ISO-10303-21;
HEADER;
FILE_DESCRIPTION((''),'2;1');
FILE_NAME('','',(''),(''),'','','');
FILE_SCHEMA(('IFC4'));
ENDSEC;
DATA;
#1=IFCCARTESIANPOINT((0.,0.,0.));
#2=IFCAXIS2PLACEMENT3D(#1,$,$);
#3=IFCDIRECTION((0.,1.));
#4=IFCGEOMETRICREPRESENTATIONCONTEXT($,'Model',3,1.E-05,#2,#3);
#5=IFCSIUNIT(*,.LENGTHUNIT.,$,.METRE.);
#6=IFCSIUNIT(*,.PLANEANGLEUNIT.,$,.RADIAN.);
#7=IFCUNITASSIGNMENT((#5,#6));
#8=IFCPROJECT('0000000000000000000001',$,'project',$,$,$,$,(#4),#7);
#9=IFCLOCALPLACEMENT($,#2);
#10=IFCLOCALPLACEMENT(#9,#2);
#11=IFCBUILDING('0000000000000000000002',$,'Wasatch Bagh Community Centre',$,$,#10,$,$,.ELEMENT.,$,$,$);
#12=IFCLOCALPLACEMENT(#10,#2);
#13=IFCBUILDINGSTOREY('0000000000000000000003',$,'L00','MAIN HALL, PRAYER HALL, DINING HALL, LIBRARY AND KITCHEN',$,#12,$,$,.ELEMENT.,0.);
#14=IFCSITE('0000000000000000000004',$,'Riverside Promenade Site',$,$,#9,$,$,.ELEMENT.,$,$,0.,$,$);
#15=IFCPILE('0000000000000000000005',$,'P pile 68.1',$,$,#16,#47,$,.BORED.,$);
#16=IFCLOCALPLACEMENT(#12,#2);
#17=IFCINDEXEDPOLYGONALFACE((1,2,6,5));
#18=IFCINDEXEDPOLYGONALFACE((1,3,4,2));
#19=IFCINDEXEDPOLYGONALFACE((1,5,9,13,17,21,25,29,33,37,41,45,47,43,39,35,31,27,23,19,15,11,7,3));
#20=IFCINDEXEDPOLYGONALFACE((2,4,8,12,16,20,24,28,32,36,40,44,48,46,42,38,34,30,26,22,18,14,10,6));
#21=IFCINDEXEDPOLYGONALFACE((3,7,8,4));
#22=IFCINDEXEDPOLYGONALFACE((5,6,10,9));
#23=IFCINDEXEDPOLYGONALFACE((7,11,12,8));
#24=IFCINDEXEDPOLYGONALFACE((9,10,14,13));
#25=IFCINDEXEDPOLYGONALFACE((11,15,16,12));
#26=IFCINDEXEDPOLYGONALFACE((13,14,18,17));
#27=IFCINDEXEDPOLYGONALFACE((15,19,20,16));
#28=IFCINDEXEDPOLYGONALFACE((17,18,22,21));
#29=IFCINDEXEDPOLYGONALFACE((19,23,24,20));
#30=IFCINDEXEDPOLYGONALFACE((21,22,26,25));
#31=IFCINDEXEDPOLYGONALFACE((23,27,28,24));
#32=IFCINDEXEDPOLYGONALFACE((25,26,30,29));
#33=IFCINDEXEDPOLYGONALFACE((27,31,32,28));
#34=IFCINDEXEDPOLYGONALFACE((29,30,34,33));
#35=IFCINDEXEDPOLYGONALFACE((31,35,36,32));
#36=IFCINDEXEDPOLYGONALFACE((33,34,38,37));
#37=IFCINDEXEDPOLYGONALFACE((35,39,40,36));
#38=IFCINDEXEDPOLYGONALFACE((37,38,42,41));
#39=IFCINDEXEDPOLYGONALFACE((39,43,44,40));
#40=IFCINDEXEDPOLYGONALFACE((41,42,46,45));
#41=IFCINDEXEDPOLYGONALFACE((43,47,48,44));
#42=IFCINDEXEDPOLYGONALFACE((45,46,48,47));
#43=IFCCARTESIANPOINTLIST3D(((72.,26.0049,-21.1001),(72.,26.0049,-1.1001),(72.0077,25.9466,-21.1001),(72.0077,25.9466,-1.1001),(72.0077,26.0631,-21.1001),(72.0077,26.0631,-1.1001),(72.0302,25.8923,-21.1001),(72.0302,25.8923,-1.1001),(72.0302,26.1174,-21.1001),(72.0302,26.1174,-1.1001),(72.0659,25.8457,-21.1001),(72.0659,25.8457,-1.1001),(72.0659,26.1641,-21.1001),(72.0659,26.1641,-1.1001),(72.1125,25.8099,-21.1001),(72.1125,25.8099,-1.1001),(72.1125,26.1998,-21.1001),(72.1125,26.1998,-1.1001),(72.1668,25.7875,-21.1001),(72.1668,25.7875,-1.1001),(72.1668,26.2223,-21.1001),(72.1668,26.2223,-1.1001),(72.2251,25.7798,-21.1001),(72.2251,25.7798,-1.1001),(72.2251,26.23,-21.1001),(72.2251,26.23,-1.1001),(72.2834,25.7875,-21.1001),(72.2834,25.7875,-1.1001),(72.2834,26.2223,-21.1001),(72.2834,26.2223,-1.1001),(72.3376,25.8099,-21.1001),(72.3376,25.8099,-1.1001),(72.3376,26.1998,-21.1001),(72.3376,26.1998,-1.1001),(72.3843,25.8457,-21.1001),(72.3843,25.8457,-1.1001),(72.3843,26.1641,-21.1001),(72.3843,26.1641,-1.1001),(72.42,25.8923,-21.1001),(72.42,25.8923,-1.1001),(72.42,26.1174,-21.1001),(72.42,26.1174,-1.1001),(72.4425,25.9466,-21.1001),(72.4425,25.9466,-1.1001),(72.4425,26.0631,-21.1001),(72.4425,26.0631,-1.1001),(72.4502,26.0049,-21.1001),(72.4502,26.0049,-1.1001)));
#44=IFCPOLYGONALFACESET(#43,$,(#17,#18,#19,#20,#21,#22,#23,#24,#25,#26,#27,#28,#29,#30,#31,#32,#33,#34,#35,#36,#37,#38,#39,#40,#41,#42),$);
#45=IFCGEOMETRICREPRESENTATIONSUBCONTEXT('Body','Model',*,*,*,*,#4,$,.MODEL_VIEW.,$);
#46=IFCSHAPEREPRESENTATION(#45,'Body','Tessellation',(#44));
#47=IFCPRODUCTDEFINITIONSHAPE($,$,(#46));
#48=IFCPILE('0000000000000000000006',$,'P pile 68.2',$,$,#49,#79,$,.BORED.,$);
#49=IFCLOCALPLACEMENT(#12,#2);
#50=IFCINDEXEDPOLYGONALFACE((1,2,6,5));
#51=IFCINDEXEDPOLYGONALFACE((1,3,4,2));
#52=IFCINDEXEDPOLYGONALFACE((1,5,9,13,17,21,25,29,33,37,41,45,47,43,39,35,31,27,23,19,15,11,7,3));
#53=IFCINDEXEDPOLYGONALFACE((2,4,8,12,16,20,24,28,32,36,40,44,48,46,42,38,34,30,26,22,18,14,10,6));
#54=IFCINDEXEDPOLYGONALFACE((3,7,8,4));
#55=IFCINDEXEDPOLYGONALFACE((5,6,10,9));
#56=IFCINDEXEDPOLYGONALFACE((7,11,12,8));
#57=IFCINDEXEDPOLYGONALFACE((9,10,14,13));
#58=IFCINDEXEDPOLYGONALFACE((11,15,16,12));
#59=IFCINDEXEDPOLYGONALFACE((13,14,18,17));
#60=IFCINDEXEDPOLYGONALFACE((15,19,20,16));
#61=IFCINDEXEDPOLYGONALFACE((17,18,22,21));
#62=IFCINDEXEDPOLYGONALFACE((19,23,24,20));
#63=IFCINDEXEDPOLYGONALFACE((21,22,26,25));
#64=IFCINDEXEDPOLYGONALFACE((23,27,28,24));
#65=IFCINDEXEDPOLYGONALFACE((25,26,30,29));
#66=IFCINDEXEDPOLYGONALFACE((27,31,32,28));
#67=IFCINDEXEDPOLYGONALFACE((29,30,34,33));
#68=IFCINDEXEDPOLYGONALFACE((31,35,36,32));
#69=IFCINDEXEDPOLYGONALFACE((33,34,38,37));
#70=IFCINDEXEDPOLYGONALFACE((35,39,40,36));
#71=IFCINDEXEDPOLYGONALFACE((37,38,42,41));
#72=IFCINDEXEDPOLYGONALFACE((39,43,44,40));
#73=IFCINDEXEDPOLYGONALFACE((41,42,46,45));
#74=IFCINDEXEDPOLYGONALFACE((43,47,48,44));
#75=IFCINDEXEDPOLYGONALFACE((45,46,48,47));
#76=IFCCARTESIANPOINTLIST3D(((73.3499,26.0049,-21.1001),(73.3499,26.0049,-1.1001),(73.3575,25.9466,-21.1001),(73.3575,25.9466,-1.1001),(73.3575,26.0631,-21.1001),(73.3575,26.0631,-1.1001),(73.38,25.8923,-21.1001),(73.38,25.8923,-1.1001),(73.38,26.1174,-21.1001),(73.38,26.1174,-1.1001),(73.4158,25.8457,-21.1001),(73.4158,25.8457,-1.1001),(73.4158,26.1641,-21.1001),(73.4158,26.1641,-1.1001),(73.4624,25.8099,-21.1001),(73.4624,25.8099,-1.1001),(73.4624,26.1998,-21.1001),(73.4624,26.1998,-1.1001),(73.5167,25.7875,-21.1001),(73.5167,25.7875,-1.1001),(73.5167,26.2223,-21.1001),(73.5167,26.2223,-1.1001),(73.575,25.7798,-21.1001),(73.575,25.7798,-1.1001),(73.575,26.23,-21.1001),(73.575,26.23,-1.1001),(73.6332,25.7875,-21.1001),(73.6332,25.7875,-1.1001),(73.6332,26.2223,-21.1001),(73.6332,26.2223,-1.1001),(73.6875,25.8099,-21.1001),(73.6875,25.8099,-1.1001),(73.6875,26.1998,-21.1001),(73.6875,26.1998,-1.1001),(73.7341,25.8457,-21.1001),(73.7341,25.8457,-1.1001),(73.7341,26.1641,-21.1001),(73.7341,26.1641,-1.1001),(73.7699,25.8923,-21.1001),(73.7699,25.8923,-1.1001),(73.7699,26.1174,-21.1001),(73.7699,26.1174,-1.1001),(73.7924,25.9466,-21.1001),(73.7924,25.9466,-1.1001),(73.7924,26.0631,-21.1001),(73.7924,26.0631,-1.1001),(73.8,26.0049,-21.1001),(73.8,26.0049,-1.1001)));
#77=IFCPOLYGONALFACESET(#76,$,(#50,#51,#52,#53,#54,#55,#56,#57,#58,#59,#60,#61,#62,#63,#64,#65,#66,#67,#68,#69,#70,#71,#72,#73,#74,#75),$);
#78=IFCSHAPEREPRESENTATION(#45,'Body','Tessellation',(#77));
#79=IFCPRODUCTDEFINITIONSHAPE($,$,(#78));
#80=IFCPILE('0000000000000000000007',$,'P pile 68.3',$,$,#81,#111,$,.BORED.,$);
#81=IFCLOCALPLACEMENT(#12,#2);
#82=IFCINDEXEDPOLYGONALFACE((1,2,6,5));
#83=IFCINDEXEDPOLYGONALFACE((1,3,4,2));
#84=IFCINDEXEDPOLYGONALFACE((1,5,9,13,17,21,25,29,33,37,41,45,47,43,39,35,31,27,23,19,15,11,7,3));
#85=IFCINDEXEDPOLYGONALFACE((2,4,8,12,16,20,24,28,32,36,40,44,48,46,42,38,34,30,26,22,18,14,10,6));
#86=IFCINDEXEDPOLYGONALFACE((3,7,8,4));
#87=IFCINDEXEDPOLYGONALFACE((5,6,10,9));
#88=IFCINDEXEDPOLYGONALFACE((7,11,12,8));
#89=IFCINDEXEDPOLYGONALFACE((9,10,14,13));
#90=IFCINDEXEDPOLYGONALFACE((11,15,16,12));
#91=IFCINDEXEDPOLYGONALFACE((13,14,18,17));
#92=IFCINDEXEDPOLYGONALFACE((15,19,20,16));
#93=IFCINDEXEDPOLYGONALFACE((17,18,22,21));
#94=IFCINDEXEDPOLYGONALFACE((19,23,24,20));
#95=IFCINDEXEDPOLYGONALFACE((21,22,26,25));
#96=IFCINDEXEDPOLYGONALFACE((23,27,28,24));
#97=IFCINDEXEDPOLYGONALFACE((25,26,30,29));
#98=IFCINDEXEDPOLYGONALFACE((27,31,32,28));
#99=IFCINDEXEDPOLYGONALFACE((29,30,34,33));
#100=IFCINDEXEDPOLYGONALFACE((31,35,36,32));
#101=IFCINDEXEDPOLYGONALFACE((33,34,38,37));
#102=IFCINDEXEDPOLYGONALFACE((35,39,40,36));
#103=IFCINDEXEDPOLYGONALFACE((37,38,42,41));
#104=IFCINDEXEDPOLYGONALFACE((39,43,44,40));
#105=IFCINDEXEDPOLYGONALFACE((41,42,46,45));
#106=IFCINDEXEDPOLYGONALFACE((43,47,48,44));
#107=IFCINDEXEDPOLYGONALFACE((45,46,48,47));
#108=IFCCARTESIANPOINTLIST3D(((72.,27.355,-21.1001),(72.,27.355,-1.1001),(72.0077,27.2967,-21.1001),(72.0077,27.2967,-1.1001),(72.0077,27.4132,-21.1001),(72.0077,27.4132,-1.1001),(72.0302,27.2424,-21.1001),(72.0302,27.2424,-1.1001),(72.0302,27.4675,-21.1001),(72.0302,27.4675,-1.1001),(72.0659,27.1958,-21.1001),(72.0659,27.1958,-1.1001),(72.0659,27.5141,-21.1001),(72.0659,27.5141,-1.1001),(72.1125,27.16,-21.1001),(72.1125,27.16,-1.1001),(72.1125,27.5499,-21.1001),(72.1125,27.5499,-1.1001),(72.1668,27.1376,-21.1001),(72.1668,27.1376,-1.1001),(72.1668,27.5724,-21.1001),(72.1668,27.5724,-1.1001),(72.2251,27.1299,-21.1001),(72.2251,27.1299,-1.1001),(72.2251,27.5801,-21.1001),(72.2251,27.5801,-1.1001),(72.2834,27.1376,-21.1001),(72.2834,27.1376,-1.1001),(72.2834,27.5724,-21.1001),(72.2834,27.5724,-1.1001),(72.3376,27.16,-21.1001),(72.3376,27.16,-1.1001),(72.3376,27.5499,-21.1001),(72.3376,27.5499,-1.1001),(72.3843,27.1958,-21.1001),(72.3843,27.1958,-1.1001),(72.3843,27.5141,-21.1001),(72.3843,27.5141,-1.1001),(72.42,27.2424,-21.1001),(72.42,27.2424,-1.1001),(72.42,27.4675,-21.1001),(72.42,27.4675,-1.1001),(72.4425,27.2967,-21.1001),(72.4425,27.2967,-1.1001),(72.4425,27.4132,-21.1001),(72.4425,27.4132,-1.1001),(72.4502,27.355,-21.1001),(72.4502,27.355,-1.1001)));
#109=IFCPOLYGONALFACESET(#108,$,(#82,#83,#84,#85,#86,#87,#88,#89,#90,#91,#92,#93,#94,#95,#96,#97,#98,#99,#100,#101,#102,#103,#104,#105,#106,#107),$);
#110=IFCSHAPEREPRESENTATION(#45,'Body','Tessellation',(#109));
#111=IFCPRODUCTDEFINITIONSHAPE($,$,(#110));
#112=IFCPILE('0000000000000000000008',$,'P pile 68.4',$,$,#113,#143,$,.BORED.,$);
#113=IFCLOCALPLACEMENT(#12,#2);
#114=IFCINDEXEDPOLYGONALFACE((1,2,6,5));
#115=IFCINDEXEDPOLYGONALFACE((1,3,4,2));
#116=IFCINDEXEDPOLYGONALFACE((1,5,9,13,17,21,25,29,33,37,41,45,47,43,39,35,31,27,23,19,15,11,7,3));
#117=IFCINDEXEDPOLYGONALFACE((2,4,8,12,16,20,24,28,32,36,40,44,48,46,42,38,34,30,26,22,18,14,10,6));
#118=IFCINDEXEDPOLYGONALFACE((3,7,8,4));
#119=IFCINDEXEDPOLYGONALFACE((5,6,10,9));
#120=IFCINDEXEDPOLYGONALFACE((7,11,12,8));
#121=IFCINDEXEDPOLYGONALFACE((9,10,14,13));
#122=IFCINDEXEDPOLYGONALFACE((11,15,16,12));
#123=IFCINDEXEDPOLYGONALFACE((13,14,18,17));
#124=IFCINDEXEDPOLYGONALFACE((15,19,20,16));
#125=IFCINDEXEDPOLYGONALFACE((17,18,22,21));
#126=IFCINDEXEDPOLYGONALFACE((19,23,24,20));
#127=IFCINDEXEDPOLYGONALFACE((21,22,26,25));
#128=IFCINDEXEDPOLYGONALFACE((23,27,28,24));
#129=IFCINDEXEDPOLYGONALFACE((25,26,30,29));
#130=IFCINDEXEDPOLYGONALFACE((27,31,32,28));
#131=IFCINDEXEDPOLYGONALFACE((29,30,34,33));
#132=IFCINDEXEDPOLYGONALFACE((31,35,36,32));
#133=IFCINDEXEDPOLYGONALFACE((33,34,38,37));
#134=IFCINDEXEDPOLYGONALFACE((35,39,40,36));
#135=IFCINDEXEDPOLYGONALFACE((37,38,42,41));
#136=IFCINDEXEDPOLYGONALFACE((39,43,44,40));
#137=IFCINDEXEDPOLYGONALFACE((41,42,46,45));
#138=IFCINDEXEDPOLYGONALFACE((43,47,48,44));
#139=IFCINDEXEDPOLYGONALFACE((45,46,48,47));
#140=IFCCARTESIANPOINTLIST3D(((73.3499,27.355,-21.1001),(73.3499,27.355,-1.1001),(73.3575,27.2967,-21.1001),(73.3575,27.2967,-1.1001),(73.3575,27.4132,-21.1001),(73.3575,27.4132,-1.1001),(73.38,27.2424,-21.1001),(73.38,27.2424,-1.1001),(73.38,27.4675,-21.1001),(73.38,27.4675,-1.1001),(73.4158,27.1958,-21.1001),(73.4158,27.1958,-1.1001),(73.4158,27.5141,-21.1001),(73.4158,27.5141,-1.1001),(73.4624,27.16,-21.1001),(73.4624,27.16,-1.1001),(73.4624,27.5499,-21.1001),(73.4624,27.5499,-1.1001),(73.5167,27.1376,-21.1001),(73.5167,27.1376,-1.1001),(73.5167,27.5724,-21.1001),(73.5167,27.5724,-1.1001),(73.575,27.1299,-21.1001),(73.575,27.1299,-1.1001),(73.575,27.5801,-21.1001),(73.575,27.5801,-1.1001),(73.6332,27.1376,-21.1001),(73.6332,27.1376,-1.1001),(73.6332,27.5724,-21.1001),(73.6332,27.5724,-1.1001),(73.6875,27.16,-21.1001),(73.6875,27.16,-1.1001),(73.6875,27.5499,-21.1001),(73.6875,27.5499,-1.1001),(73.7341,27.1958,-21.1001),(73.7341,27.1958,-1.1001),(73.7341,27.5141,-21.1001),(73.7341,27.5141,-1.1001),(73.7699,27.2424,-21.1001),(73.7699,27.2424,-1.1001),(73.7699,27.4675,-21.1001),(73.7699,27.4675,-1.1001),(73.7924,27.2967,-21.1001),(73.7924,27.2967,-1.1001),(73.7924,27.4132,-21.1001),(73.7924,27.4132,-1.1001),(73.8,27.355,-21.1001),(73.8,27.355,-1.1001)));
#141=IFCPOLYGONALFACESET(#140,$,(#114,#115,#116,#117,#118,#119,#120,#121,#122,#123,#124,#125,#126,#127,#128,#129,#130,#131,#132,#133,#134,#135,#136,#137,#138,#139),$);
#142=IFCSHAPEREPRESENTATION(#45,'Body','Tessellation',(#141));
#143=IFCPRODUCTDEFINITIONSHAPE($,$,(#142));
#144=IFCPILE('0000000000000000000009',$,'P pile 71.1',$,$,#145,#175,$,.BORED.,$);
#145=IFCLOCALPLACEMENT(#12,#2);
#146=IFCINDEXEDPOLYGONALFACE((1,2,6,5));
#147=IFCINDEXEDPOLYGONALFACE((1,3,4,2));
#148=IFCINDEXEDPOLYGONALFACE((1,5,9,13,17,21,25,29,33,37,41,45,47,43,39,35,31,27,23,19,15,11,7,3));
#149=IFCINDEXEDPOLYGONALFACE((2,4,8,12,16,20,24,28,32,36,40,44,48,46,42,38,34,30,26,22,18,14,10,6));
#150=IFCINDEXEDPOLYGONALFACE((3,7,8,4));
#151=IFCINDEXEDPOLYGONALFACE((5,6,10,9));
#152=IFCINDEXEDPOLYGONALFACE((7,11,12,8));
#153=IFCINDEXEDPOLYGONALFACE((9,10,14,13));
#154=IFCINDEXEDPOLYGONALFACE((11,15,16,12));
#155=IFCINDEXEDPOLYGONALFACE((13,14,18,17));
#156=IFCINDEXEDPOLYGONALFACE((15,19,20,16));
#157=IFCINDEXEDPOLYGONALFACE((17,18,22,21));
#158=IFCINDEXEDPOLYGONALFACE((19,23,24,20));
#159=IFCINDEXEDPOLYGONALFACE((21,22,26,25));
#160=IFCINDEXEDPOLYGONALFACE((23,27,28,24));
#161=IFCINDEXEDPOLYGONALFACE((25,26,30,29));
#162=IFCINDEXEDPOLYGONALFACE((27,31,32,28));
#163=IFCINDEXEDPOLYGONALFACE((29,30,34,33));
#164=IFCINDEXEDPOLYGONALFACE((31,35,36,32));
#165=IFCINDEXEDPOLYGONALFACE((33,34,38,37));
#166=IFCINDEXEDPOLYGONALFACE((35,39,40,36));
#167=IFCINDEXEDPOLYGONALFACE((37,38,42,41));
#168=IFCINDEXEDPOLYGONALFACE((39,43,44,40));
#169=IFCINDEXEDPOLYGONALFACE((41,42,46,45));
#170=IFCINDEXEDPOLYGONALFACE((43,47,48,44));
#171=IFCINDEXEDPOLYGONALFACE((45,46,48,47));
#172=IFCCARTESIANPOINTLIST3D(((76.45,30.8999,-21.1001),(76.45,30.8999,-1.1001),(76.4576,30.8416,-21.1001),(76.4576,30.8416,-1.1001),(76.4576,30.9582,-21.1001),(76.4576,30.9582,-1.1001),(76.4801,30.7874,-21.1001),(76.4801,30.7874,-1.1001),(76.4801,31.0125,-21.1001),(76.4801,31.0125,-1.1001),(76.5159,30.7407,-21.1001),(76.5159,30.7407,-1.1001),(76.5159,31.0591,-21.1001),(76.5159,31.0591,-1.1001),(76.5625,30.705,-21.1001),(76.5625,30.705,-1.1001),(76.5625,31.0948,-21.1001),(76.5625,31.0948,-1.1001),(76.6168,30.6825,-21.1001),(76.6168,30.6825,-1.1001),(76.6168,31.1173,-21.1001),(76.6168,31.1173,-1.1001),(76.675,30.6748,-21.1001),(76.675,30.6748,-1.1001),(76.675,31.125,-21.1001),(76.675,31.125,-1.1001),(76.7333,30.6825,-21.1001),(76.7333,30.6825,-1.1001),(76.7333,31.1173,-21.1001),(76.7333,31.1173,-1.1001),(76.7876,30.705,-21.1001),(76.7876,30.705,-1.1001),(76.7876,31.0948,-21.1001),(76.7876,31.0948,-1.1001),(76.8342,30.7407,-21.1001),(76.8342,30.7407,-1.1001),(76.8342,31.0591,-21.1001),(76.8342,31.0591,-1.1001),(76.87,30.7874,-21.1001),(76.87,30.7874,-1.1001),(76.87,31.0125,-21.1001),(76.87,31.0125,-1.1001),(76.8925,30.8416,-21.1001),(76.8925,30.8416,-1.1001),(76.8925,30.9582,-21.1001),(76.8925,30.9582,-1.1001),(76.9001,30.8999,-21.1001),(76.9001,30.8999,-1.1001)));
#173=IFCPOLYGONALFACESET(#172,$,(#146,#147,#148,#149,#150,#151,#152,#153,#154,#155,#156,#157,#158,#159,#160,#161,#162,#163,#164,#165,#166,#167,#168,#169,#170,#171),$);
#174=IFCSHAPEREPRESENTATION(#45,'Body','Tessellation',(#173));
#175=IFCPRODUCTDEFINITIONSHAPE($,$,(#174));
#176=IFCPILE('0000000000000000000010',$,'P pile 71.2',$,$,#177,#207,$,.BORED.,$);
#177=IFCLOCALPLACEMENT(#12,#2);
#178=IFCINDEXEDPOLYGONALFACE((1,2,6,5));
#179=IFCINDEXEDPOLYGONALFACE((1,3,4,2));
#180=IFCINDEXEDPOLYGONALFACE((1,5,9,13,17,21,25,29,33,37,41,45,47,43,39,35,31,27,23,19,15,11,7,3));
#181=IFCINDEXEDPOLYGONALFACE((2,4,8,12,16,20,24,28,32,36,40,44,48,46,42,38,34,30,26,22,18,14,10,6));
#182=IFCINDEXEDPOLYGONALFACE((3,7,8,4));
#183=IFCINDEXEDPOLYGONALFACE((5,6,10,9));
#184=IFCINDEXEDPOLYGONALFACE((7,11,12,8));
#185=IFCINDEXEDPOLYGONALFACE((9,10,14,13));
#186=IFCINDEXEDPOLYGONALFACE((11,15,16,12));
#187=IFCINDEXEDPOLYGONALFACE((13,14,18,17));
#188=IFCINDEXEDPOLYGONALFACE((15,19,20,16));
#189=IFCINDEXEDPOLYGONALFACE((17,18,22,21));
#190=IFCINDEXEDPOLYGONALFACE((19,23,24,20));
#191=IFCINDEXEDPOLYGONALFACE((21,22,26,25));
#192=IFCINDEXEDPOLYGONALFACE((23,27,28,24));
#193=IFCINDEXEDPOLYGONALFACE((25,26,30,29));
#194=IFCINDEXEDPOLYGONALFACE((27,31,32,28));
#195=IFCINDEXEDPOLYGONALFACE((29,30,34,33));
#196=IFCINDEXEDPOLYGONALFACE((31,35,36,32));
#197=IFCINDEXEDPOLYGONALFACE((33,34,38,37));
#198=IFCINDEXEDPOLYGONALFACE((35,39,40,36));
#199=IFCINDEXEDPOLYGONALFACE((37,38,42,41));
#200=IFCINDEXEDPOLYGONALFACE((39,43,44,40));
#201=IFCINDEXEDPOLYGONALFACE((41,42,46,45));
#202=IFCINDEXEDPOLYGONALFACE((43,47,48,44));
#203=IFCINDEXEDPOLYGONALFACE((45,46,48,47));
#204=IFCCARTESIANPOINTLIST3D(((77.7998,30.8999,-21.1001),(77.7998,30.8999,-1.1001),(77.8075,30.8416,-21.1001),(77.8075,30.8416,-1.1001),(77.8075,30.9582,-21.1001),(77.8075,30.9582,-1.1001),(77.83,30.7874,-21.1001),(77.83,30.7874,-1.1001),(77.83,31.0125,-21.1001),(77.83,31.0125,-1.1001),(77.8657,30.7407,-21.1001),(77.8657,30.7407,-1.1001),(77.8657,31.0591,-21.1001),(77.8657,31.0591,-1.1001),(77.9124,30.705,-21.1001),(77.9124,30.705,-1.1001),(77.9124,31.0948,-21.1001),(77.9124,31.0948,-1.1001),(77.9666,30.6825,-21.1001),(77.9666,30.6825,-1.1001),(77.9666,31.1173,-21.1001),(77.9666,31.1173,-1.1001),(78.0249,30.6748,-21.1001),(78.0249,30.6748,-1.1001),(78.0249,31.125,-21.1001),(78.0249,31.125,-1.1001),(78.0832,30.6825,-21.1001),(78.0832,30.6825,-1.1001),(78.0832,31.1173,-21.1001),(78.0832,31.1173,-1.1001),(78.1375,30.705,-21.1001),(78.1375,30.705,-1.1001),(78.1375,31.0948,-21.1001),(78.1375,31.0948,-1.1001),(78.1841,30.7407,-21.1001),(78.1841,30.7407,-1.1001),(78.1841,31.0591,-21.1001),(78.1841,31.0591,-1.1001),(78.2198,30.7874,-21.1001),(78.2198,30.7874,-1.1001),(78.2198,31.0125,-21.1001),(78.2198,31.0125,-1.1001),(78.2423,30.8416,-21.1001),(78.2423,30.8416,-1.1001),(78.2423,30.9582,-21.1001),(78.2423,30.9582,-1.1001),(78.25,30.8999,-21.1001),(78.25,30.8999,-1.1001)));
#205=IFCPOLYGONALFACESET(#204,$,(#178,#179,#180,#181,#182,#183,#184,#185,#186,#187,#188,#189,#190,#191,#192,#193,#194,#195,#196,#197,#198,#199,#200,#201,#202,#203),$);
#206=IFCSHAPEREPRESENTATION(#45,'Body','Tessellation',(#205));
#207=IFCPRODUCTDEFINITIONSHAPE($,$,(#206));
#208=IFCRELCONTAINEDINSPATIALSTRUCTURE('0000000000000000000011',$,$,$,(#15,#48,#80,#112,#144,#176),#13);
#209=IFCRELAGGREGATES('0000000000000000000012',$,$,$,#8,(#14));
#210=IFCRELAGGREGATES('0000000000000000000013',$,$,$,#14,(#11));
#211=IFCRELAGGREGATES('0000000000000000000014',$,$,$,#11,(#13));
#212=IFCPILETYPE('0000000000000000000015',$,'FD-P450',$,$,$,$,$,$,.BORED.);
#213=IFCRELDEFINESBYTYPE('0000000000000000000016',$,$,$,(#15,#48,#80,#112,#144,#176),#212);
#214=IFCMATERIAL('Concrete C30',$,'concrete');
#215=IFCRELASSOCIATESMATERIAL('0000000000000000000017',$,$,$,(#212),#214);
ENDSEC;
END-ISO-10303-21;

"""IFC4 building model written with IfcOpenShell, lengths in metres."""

from ifc_helpers import new_model, si_unit, direction, frame, origin, origin_2d, place, context, subcontext, project, spatial, circle, extrude, material, material_profile, profile_set, type_object, element, save


model = new_model("IFC4")

# Units and contexts
model_context = context("Model", 3, precision=1e-05, world=origin(), true_north=direction((0.0, 1.0)))
body_context = subcontext(model_context, "Body", "Model", "MODEL_VIEW")
ifc_project = project(units=[si_unit("LENGTHUNIT", "METRE"), si_unit("PLANEANGLEUNIT", "RADIAN")], contexts=[model_context])

# Site, building, storey
site_placement = place(None, origin())
site = spatial("IfcSite", under=ifc_project, at=site_placement, Name="Riverside Promenade Site", CompositionType="ELEMENT", RefElevation=0.0)
building_placement = place(site_placement, origin())
building = spatial("IfcBuilding", under=site, at=building_placement, Name="Wasatch Bagh Community Centre", CompositionType="ELEMENT")
storey_placement = place(building_placement, origin())
storey = spatial("IfcBuildingStorey", under=building, at=storey_placement, Name="L00", Description="MAIN HALL, PRAYER HALL, DINING HALL, LIBRARY AND KITCHEN", CompositionType="ELEMENT", Elevation=0.0)

# Piles
ifc_material_1 = material(Name="Concrete C30", Category="concrete")
ifc_material_profile_1 = material_profile(ifc_material_1, circle(Radius=0.2251, at=origin_2d()), Name="RC D450")
ifc_profile_set_1 = profile_set([ifc_material_profile_1], Name="Concrete C30")
pile_type = type_object("IfcPileType", Name="FD-P450", PredefinedType="BORED", material=ifc_profile_set_1)
for number, where, z_axis, x_axis, name in (
    (1, (72.2251, 26.0049, -1.1001), (0.0, 0.0, -1.0), (1.0, 0.0, 0.0), "P pile 68.1"),
    (2, (73.575, 26.0049, -1.1001), (0.0, 0.0, -1.0), (1.0, 0.0, 0.0), "P pile 68.2"),
    (3, (72.2251, 27.355, -1.1001), (0.0, 0.0, -1.0), (1.0, 0.0, 0.0), "P pile 68.3"),
    (4, (73.575, 27.355, -1.1001), (0.0, 0.0, -1.0), (1.0, 0.0, 0.0), "P pile 68.4"),
    (5, (76.675, 30.8999, -1.1001), (0.0, 0.0, -1.0), (1.0, 0.0, 0.0), "P pile 71.1"),
    (6, (78.0249, 30.8999, -1.1001), (0.0, 0.0, -1.0), (1.0, 0.0, 0.0), "P pile 71.2"),
):
    element("IfcPile", number, at=place(storey_placement, frame(where, z_axis=z_axis, x_axis=x_axis)), inside=storey, type_object=pile_type, Name=name, PredefinedType="BORED", context=body_context, shape_type="SweptSolid", body=[
        extrude(circle(Radius=0.2251, at=origin_2d()), origin(), (0.0, 0.0, 1.0), 20.0),
    ])

save(model, "model.ifc")
